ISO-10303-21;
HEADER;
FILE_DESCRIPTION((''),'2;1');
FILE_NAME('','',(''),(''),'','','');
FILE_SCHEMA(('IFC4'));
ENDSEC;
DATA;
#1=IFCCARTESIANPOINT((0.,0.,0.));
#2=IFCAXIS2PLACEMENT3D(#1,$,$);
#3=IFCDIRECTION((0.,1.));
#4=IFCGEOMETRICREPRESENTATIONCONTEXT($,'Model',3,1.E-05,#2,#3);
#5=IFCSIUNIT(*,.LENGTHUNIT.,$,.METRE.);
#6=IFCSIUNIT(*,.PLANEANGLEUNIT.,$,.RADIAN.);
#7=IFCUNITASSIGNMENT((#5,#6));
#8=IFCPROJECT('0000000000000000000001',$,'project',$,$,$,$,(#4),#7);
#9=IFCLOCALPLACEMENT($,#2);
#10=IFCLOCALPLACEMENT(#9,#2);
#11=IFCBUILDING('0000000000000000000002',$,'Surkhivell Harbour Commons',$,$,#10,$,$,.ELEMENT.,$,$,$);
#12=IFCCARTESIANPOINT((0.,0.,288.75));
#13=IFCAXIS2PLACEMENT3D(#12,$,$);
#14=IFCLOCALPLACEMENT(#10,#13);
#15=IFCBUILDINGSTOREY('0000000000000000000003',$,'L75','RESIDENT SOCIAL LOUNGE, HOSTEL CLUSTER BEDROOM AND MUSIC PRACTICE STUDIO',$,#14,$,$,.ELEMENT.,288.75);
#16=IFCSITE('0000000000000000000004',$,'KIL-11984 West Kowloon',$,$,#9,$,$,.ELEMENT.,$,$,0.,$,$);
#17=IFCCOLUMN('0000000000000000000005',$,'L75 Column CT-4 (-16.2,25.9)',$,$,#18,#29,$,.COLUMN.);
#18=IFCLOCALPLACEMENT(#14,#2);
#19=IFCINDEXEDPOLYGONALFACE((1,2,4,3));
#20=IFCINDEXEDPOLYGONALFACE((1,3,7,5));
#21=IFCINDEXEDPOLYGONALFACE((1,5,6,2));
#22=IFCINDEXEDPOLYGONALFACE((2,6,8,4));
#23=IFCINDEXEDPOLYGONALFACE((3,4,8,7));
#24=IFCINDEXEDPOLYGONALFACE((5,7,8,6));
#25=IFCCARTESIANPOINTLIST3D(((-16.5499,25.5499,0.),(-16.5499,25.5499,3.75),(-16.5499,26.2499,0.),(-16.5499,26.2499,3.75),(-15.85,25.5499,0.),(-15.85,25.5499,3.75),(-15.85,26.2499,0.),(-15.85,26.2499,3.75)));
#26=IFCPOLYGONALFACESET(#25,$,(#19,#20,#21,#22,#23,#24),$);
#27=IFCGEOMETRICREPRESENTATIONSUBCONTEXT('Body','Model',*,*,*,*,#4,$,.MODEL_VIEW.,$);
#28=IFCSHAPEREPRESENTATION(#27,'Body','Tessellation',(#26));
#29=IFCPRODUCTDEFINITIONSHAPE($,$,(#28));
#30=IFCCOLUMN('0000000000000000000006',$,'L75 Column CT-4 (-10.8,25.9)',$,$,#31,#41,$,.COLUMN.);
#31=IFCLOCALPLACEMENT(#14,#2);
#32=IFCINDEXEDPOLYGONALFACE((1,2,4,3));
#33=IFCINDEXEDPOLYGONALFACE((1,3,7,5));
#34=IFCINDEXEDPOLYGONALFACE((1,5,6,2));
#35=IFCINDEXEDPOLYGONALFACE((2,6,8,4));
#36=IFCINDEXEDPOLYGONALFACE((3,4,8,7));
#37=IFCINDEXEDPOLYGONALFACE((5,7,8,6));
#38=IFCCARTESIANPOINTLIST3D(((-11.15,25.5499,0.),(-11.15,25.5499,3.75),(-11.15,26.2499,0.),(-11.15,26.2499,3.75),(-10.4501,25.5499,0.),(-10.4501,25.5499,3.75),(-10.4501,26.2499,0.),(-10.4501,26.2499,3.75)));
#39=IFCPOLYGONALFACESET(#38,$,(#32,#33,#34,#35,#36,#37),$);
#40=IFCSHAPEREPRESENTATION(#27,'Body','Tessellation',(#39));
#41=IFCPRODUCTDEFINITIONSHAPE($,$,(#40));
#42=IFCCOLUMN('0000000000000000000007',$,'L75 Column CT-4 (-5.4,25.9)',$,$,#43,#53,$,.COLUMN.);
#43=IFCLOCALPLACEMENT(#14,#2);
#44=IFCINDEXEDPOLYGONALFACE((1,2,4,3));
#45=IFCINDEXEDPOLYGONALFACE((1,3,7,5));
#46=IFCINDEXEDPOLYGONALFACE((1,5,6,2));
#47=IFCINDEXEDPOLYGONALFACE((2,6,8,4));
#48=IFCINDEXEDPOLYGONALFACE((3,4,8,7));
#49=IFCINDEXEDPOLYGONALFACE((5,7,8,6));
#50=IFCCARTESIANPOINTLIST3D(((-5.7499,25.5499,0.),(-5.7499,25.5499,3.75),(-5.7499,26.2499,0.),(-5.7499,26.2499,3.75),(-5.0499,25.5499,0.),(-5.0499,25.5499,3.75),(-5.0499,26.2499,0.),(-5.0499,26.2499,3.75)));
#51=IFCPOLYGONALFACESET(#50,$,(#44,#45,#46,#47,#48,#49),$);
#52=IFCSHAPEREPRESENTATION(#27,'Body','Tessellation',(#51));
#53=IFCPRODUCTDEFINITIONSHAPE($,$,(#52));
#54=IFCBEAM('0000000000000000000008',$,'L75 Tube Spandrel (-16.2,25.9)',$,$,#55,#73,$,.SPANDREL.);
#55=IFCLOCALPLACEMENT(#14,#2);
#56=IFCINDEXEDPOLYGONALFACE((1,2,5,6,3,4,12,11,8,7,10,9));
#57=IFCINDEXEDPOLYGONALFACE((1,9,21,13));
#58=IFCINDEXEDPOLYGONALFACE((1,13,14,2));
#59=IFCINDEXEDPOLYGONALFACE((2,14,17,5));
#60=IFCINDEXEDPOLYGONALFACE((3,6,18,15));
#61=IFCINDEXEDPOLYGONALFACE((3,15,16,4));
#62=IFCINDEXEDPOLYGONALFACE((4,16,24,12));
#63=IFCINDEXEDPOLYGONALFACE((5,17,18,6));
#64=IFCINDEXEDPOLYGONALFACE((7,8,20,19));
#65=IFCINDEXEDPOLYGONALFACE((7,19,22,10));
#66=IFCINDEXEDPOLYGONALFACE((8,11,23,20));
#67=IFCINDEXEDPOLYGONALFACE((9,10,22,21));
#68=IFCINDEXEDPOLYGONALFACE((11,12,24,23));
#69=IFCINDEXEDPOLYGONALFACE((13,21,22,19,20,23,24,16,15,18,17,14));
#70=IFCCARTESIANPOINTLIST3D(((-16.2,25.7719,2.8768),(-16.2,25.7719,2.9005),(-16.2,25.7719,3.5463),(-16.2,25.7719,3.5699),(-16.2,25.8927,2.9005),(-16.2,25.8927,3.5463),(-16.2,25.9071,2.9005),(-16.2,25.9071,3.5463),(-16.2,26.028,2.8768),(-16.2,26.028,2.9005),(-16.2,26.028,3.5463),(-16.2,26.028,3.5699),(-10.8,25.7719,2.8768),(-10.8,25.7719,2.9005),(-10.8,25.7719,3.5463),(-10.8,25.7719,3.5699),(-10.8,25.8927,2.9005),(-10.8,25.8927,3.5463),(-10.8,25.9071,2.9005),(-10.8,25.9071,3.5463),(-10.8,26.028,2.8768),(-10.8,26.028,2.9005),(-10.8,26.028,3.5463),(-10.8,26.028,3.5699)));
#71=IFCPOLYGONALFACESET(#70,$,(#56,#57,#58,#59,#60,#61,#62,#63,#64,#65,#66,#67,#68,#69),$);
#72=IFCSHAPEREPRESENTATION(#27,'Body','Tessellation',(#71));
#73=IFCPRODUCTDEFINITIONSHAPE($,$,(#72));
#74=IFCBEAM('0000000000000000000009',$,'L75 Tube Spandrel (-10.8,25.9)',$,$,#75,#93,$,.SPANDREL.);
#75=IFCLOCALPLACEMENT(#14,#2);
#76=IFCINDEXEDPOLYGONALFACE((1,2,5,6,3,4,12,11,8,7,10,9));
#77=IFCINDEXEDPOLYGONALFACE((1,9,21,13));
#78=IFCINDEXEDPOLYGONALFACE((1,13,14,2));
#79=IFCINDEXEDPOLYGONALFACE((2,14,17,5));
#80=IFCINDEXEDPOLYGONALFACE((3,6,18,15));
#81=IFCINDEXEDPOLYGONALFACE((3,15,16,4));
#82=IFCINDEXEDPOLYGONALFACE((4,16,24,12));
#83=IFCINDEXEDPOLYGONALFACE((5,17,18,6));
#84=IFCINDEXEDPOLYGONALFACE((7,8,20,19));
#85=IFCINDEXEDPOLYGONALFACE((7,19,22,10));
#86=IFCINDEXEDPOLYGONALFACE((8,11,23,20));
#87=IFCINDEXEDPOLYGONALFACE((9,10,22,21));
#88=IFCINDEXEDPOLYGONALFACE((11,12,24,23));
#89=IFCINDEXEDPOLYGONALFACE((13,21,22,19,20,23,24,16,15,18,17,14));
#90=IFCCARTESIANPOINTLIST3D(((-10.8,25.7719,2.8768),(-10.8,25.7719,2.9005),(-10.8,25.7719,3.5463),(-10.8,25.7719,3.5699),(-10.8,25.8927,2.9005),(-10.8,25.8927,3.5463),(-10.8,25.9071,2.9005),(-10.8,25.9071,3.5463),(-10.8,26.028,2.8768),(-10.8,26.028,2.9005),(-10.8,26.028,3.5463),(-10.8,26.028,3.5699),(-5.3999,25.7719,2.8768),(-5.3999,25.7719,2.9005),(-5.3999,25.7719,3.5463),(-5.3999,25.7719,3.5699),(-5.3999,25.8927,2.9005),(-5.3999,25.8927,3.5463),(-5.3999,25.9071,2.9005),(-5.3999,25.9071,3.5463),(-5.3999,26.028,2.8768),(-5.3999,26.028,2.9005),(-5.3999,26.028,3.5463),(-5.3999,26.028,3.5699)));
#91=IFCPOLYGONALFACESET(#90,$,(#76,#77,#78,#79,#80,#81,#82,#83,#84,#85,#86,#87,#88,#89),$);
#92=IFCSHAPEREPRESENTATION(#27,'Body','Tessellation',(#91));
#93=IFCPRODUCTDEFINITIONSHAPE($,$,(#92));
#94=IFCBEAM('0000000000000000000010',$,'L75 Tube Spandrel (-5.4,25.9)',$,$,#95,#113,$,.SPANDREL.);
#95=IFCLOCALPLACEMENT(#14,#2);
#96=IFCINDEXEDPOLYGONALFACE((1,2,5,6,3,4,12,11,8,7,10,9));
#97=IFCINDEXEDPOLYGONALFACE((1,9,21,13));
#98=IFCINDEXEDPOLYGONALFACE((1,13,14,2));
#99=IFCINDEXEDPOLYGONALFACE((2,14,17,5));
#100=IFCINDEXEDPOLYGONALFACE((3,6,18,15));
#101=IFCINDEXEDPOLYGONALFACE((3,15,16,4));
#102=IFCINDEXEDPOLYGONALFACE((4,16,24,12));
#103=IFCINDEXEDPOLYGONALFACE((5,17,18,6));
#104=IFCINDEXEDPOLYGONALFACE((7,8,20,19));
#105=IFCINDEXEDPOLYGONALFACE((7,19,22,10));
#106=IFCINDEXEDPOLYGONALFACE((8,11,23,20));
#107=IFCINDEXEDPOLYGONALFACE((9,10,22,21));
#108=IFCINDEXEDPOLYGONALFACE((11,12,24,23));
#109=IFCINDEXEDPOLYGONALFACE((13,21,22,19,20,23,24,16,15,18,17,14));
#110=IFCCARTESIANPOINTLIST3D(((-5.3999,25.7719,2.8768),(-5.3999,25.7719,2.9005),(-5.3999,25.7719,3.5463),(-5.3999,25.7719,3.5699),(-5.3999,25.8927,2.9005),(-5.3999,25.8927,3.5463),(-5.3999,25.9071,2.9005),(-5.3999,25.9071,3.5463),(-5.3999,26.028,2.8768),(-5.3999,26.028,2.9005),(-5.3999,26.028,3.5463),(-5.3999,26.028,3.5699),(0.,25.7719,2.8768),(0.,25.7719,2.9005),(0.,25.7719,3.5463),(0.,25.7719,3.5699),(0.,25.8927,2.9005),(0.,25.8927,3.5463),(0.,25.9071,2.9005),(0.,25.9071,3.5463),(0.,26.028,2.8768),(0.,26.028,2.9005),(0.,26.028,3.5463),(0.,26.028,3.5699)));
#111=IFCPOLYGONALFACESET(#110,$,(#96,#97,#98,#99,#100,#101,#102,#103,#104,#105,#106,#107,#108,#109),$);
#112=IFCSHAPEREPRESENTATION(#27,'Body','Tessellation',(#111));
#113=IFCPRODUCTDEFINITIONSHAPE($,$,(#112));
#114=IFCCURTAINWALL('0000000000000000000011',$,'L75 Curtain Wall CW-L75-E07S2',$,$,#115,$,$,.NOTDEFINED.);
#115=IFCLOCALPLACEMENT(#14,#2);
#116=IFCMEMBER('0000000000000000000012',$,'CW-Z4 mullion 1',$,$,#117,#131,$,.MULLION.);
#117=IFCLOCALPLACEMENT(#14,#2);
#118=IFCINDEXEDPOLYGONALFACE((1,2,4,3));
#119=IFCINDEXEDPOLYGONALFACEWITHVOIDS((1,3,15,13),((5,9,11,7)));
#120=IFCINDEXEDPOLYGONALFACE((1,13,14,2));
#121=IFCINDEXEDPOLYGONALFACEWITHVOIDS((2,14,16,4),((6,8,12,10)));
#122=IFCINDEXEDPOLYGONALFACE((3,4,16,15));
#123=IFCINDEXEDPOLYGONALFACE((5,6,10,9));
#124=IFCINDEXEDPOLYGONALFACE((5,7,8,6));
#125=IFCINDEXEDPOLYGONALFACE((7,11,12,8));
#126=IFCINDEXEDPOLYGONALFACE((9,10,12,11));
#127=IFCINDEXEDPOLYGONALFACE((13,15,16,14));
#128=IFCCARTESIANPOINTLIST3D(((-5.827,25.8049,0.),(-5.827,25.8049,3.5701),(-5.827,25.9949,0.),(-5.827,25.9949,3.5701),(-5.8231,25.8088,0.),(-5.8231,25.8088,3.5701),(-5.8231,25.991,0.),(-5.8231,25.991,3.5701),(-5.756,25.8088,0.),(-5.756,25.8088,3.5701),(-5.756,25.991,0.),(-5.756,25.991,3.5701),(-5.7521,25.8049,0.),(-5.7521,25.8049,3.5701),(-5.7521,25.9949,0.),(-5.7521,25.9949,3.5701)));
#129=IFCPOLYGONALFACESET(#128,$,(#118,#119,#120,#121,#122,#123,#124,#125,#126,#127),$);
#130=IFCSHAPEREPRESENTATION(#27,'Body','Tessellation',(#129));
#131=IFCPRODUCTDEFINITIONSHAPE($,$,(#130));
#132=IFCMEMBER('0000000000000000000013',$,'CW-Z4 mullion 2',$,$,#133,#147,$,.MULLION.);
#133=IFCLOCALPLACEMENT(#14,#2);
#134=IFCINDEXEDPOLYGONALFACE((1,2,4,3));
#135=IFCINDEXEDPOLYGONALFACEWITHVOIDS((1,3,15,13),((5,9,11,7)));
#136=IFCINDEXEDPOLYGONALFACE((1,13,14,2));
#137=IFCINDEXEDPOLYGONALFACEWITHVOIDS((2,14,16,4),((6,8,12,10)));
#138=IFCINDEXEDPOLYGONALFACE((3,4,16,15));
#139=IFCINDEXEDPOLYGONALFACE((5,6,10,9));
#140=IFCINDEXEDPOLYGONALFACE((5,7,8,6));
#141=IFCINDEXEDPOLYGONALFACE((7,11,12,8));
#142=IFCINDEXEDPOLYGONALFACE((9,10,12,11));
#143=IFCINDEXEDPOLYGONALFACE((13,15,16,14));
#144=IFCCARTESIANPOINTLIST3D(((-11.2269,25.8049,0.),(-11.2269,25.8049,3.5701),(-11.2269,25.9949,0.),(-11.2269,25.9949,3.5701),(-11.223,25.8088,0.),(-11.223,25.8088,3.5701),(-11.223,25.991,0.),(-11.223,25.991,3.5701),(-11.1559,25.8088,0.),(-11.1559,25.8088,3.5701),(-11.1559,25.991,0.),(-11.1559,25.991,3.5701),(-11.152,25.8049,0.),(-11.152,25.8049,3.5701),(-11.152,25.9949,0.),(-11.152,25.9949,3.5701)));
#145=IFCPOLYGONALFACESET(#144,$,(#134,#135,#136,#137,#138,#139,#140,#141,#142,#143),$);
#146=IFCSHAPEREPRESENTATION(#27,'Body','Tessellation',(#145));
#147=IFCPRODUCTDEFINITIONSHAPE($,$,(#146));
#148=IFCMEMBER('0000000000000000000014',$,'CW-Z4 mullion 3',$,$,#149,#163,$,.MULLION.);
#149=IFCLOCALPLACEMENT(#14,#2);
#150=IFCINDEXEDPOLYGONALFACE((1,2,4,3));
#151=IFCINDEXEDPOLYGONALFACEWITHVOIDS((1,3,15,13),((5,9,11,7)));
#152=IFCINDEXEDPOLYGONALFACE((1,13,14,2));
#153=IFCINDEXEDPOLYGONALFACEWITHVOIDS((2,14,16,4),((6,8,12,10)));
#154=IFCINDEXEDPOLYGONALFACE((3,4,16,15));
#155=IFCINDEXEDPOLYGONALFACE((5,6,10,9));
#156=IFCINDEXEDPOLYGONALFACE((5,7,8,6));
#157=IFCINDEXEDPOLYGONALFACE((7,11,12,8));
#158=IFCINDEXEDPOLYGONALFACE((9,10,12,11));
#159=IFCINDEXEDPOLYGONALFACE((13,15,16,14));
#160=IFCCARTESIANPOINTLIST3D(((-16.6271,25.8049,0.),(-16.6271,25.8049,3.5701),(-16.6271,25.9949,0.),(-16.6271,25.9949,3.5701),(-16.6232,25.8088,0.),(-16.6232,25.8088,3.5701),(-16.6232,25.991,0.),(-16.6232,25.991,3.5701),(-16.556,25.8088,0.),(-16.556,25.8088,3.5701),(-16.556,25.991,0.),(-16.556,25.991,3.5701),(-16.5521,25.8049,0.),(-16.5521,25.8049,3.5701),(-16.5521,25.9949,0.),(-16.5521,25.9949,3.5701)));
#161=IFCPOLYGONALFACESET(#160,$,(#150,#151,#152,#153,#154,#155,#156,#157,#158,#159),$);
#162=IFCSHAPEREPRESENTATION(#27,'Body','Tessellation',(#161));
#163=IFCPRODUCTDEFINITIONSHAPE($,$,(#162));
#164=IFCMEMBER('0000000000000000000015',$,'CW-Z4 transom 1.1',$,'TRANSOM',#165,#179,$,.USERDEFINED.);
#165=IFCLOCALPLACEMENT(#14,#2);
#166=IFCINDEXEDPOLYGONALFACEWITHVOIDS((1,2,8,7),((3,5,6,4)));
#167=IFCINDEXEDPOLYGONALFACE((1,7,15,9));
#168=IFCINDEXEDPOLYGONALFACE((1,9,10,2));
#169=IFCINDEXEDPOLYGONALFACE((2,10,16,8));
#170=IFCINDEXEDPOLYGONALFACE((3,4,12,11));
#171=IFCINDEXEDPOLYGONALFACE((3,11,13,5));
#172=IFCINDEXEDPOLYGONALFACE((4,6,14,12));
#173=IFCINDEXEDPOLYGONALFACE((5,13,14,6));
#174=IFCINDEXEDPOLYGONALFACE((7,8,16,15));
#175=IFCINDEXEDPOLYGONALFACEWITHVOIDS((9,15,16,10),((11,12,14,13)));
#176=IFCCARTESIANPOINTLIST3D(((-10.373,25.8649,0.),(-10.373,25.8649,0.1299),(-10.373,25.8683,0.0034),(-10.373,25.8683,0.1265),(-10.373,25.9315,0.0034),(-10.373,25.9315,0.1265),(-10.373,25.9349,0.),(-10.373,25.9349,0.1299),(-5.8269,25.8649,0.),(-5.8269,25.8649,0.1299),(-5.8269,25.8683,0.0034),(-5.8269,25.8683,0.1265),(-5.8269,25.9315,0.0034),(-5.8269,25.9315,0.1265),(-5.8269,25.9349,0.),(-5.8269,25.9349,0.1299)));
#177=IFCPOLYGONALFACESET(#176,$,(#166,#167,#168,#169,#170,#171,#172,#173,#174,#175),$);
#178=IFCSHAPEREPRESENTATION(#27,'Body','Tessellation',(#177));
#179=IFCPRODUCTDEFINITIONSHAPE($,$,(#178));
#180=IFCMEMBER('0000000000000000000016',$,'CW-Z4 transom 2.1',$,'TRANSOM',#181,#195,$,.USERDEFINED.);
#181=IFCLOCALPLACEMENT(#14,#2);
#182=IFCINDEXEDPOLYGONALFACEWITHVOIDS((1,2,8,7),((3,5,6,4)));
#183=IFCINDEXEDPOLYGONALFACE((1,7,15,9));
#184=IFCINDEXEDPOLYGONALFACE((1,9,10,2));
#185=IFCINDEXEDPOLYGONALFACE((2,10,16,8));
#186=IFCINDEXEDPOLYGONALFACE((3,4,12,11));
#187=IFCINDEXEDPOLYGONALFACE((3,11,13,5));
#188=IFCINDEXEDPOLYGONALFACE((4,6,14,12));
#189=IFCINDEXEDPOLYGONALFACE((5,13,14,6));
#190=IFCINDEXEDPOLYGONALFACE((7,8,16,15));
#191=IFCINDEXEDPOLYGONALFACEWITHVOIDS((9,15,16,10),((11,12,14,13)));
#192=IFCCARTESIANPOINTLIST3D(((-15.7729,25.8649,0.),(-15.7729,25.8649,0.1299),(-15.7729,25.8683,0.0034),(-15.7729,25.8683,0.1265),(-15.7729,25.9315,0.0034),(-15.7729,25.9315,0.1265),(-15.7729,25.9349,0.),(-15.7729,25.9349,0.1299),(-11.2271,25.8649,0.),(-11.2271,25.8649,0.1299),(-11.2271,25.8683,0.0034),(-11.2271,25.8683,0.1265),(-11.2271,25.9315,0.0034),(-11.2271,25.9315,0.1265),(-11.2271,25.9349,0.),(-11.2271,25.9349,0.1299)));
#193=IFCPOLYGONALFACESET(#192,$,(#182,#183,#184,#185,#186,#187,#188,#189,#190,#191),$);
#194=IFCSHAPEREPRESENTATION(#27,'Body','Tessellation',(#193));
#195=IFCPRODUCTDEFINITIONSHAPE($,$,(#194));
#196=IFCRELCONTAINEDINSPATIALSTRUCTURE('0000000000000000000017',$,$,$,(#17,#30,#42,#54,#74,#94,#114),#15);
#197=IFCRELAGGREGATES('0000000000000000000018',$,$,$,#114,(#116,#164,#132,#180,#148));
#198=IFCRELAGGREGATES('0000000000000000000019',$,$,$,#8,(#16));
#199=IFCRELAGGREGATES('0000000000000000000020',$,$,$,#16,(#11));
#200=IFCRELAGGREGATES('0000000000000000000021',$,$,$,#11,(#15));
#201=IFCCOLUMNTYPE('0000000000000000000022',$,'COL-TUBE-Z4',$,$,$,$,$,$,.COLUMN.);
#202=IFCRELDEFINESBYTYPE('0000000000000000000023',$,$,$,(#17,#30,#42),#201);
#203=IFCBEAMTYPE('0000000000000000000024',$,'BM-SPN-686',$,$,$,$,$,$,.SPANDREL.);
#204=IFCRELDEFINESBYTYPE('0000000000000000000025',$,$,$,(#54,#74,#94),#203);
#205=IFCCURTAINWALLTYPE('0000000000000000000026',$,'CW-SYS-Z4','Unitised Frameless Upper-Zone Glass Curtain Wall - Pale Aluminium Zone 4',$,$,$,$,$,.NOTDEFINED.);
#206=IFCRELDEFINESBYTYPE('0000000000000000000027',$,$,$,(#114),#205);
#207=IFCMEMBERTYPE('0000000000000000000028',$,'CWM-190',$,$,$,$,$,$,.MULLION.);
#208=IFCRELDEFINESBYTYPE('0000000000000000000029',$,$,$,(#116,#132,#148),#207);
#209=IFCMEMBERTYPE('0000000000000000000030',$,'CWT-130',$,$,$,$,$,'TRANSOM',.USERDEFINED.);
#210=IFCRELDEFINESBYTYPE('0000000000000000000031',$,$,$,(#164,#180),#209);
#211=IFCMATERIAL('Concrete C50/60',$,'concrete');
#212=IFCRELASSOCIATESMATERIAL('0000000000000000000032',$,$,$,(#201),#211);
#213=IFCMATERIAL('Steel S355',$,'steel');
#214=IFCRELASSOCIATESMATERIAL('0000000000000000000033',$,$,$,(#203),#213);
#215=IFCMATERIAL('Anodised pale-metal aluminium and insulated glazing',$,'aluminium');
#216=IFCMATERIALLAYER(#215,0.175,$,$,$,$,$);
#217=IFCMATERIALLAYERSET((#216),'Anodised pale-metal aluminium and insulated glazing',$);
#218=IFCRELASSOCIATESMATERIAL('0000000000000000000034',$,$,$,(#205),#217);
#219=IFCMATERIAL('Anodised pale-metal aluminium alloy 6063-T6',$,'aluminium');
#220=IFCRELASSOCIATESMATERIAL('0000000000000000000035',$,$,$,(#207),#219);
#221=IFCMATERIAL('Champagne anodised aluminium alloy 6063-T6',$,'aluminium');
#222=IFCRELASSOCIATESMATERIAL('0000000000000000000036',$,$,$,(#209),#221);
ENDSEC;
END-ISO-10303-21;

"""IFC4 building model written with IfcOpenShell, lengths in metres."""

from ifc_helpers import new_model, si_unit, direction, frame, origin, origin_2d, place, context, subcontext, project, spatial, rectangle, hollow_rectangle, i_section, extrude, material, layer, layer_set, material_profile, profile_set, type_object, element, aggregate, save


model = new_model("IFC4")

# Units and contexts
model_context = context("Model", 3, precision=1e-05, world=origin(), true_north=direction((0.0, 1.0)))
body_context = subcontext(model_context, "Body", "Model", "MODEL_VIEW")
ifc_project = project(units=[si_unit("LENGTHUNIT", "METRE"), si_unit("PLANEANGLEUNIT", "RADIAN")], contexts=[model_context])

# Site, building, storey
site_placement = place(None, origin())
site = spatial("IfcSite", under=ifc_project, at=site_placement, Name="KIL-11984 West Kowloon", CompositionType="ELEMENT", RefElevation=0.0)
building_placement = place(site_placement, origin())
building = spatial("IfcBuilding", under=site, at=building_placement, Name="Surkhivell Harbour Commons", CompositionType="ELEMENT")
storey_placement = place(building_placement, frame((0.0, 0.0, 288.75)))
storey = spatial("IfcBuildingStorey", under=building, at=storey_placement, Name="L75", Description="RESIDENT SOCIAL LOUNGE, HOSTEL CLUSTER BEDROOM AND MUSIC PRACTICE STUDIO", CompositionType="ELEMENT", Elevation=288.75)

# Columns
ifc_material_1 = material(Name="Concrete C50/60", Category="concrete")
ifc_material_profile_1 = material_profile(ifc_material_1, rectangle(XDim=0.7, YDim=0.7, at=origin_2d()), Name="RC-COL-700x700")
ifc_profile_set_1 = profile_set([ifc_material_profile_1], Name="Concrete C50/60")
column_type = type_object("IfcColumnType", Name="COL-TUBE-Z4", PredefinedType="COLUMN", material=ifc_profile_set_1)
for number, where, z_axis, x_axis, name in (
    (1, (-16.2, 25.8999, 0.0), (0.0, 0.0, 1.0), (1.0, 0.0, 0.0), "L75 Column CT-4 (-16.2,25.9)"),
    (2, (-10.8, 25.8999, 0.0), (0.0, 0.0, 1.0), (1.0, 0.0, 0.0), "L75 Column CT-4 (-10.8,25.9)"),
    (3, (-5.3999, 25.8999, 0.0), (0.0, 0.0, 1.0), (1.0, 0.0, 0.0), "L75 Column CT-4 (-5.4,25.9)"),
):
    element("IfcColumn", number, at=place(storey_placement, frame(where, z_axis=z_axis, x_axis=x_axis)), inside=storey, type_object=column_type, Name=name, PredefinedType="COLUMN", context=body_context, shape_type="SweptSolid", body=[
        extrude(rectangle(XDim=0.7, YDim=0.7, at=origin_2d()), origin(), (0.0, 0.0, 1.0), 3.75),
    ])

# Beams
ifc_material_2 = material(Name="Steel S355", Category="steel")
ifc_material_profile_2 = material_profile(ifc_material_2, i_section(OverallWidth=0.2561, OverallDepth=0.6931, WebThickness=0.0144, FlangeThickness=0.0237, at=origin_2d()), Name="UB686x254x170")
ifc_profile_set_2 = profile_set([ifc_material_profile_2], Name="Steel S355")
beam_type = type_object("IfcBeamType", Name="BM-SPN-686", PredefinedType="SPANDREL", material=ifc_profile_set_2)
beam_1_placement = place(storey_placement, frame((-16.2, 25.8999, 3.2234), z_axis=(1.0, 0.0, 0.0), x_axis=(0.0, 1.0, 0.0)))
element("IfcBeam", 4, at=beam_1_placement, inside=storey, type_object=beam_type, Name="L75 Tube Spandrel (-16.2,25.9)", PredefinedType="SPANDREL", context=body_context, shape_type="SweptSolid", body=[
    extrude(i_section(OverallWidth=0.2561, OverallDepth=0.6931, WebThickness=0.0144, FlangeThickness=0.0237, at=origin_2d()), origin(), (0.0, 0.0, 1.0), 5.3999),
])
beam_2_placement = place(storey_placement, frame((-10.8, 25.8999, 3.2234), z_axis=(1.0, 0.0, 0.0), x_axis=(0.0, 1.0, 0.0)))
element("IfcBeam", 5, at=beam_2_placement, inside=storey, type_object=beam_type, Name="L75 Tube Spandrel (-10.8,25.9)", PredefinedType="SPANDREL", context=body_context, shape_type="SweptSolid", body=[
    extrude(i_section(OverallWidth=0.2561, OverallDepth=0.6931, WebThickness=0.0144, FlangeThickness=0.0237, at=origin_2d()), origin(), (0.0, 0.0, 1.0), 5.4001),
])
beam_3_placement = place(storey_placement, frame((-5.3999, 25.8999, 3.2234), z_axis=(1.0, 0.0, 0.0), x_axis=(0.0, 1.0, 0.0)))
element("IfcBeam", 6, at=beam_3_placement, inside=storey, type_object=beam_type, Name="L75 Tube Spandrel (-5.4,25.9)", PredefinedType="SPANDREL", context=body_context, shape_type="SweptSolid", body=[
    extrude(i_section(OverallWidth=0.2561, OverallDepth=0.6931, WebThickness=0.0144, FlangeThickness=0.0237, at=origin_2d()), origin(), (0.0, 0.0, 1.0), 5.3999),
])

# Curtain wall, members
ifc_material_3 = material(Name="Anodised pale-metal aluminium and insulated glazing", Category="aluminium")
ifc_layer_1 = layer(ifc_material_3, 0.175)
ifc_layer_set_1 = layer_set([ifc_layer_1], Name="Anodised pale-metal aluminium and insulated glazing")
curtain_wall_type = type_object("IfcCurtainWallType", Name="CW-SYS-Z4", Description="Unitised Frameless Upper-Zone Glass Curtain Wall - Pale Aluminium Zone 4", PredefinedType="NOTDEFINED", material=ifc_layer_set_1)
curtain_wall_placement = place(storey_placement, origin())
curtain_wall = element("IfcCurtainWall", 7, at=curtain_wall_placement, inside=storey, type_object=curtain_wall_type, Name="L75 Curtain Wall CW-L75-E07S2", PredefinedType="NOTDEFINED")
ifc_material_4 = material(Name="Anodised pale-metal aluminium alloy 6063-T6", Category="aluminium")
ifc_material_profile_3 = material_profile(ifc_material_4, hollow_rectangle(XDim=0.075, YDim=0.1899, WallThickness=0.0039, at=origin_2d()), Name="ALU-MULL-75x190")
ifc_profile_set_3 = profile_set([ifc_material_profile_3], Name="Anodised pale-metal aluminium alloy 6063-T6")
member_type_1 = type_object("IfcMemberType", Name="CWM-190", PredefinedType="MULLION", material=ifc_profile_set_3)
member_1_placement = place(storey_placement, frame((-5.7896, 25.8999, 0.0), z_axis=(0.0, 0.0, 1.0), x_axis=(-1.0, 0.0, 0.0)))
member_1 = element("IfcMember", 8, at=member_1_placement, type_object=member_type_1, Name="CW-Z4 mullion 1", PredefinedType="MULLION", context=body_context, shape_type="SweptSolid", body=[
    extrude(hollow_rectangle(XDim=0.075, YDim=0.1899, WallThickness=0.0039, at=origin_2d()), origin(), (0.0, 0.0, 1.0), 3.5701),
])
member_2_placement = place(storey_placement, frame((-11.1895, 25.8999, 0.0), z_axis=(0.0, 0.0, 1.0), x_axis=(-1.0, 0.0, 0.0)))
member_2 = element("IfcMember", 9, at=member_2_placement, type_object=member_type_1, Name="CW-Z4 mullion 2", PredefinedType="MULLION", context=body_context, shape_type="SweptSolid", body=[
    extrude(hollow_rectangle(XDim=0.075, YDim=0.1899, WallThickness=0.0039, at=origin_2d()), origin(), (0.0, 0.0, 1.0), 3.5701),
])
member_3_placement = place(storey_placement, frame((-16.5896, 25.8999, 0.0), z_axis=(0.0, 0.0, 1.0), x_axis=(-1.0, 0.0, 0.0)))
member_3 = element("IfcMember", 10, at=member_3_placement, type_object=member_type_1, Name="CW-Z4 mullion 3", PredefinedType="MULLION", context=body_context, shape_type="SweptSolid", body=[
    extrude(hollow_rectangle(XDim=0.075, YDim=0.1899, WallThickness=0.0039, at=origin_2d()), origin(), (0.0, 0.0, 1.0), 3.5701),
])
ifc_material_5 = material(Name="Champagne anodised aluminium alloy 6063-T6", Category="aluminium")
ifc_material_profile_4 = material_profile(ifc_material_5, hollow_rectangle(XDim=0.0701, YDim=0.1299, WallThickness=0.0034, at=origin_2d()), Name="ALU-TRAN-70x130")
ifc_profile_set_4 = profile_set([ifc_material_profile_4], Name="Champagne anodised aluminium alloy 6063-T6")
member_type_2 = type_object("IfcMemberType", Name="CWT-130", ElementType="TRANSOM", PredefinedType="USERDEFINED", material=ifc_profile_set_4)
member_4_placement = place(storey_placement, frame((-5.8269, 25.8999, 0.0649), z_axis=(-1.0, 0.0, 0.0), x_axis=(0.0, -1.0, 0.0)))
member_4 = element("IfcMember", 11, at=member_4_placement, type_object=member_type_2, Name="CW-Z4 transom 1.1", ObjectType="TRANSOM", PredefinedType="USERDEFINED", context=body_context, shape_type="SweptSolid", body=[
    extrude(hollow_rectangle(XDim=0.0701, YDim=0.1299, WallThickness=0.0034, at=origin_2d()), origin(), (0.0, 0.0, 1.0), 4.5461),
])
member_5_placement = place(storey_placement, frame((-11.2271, 25.8999, 0.0649), z_axis=(-1.0, 0.0, 0.0), x_axis=(0.0, -1.0, 0.0)))
member_5 = element("IfcMember", 12, at=member_5_placement, type_object=member_type_2, Name="CW-Z4 transom 2.1", ObjectType="TRANSOM", PredefinedType="USERDEFINED", context=body_context, shape_type="SweptSolid", body=[
    extrude(hollow_rectangle(XDim=0.0701, YDim=0.1299, WallThickness=0.0034, at=origin_2d()), origin(), (0.0, 0.0, 1.0), 4.5459),
])

aggregate(curtain_wall, [member_1, member_4, member_2, member_5, member_3])

save(model, "model.ifc")
